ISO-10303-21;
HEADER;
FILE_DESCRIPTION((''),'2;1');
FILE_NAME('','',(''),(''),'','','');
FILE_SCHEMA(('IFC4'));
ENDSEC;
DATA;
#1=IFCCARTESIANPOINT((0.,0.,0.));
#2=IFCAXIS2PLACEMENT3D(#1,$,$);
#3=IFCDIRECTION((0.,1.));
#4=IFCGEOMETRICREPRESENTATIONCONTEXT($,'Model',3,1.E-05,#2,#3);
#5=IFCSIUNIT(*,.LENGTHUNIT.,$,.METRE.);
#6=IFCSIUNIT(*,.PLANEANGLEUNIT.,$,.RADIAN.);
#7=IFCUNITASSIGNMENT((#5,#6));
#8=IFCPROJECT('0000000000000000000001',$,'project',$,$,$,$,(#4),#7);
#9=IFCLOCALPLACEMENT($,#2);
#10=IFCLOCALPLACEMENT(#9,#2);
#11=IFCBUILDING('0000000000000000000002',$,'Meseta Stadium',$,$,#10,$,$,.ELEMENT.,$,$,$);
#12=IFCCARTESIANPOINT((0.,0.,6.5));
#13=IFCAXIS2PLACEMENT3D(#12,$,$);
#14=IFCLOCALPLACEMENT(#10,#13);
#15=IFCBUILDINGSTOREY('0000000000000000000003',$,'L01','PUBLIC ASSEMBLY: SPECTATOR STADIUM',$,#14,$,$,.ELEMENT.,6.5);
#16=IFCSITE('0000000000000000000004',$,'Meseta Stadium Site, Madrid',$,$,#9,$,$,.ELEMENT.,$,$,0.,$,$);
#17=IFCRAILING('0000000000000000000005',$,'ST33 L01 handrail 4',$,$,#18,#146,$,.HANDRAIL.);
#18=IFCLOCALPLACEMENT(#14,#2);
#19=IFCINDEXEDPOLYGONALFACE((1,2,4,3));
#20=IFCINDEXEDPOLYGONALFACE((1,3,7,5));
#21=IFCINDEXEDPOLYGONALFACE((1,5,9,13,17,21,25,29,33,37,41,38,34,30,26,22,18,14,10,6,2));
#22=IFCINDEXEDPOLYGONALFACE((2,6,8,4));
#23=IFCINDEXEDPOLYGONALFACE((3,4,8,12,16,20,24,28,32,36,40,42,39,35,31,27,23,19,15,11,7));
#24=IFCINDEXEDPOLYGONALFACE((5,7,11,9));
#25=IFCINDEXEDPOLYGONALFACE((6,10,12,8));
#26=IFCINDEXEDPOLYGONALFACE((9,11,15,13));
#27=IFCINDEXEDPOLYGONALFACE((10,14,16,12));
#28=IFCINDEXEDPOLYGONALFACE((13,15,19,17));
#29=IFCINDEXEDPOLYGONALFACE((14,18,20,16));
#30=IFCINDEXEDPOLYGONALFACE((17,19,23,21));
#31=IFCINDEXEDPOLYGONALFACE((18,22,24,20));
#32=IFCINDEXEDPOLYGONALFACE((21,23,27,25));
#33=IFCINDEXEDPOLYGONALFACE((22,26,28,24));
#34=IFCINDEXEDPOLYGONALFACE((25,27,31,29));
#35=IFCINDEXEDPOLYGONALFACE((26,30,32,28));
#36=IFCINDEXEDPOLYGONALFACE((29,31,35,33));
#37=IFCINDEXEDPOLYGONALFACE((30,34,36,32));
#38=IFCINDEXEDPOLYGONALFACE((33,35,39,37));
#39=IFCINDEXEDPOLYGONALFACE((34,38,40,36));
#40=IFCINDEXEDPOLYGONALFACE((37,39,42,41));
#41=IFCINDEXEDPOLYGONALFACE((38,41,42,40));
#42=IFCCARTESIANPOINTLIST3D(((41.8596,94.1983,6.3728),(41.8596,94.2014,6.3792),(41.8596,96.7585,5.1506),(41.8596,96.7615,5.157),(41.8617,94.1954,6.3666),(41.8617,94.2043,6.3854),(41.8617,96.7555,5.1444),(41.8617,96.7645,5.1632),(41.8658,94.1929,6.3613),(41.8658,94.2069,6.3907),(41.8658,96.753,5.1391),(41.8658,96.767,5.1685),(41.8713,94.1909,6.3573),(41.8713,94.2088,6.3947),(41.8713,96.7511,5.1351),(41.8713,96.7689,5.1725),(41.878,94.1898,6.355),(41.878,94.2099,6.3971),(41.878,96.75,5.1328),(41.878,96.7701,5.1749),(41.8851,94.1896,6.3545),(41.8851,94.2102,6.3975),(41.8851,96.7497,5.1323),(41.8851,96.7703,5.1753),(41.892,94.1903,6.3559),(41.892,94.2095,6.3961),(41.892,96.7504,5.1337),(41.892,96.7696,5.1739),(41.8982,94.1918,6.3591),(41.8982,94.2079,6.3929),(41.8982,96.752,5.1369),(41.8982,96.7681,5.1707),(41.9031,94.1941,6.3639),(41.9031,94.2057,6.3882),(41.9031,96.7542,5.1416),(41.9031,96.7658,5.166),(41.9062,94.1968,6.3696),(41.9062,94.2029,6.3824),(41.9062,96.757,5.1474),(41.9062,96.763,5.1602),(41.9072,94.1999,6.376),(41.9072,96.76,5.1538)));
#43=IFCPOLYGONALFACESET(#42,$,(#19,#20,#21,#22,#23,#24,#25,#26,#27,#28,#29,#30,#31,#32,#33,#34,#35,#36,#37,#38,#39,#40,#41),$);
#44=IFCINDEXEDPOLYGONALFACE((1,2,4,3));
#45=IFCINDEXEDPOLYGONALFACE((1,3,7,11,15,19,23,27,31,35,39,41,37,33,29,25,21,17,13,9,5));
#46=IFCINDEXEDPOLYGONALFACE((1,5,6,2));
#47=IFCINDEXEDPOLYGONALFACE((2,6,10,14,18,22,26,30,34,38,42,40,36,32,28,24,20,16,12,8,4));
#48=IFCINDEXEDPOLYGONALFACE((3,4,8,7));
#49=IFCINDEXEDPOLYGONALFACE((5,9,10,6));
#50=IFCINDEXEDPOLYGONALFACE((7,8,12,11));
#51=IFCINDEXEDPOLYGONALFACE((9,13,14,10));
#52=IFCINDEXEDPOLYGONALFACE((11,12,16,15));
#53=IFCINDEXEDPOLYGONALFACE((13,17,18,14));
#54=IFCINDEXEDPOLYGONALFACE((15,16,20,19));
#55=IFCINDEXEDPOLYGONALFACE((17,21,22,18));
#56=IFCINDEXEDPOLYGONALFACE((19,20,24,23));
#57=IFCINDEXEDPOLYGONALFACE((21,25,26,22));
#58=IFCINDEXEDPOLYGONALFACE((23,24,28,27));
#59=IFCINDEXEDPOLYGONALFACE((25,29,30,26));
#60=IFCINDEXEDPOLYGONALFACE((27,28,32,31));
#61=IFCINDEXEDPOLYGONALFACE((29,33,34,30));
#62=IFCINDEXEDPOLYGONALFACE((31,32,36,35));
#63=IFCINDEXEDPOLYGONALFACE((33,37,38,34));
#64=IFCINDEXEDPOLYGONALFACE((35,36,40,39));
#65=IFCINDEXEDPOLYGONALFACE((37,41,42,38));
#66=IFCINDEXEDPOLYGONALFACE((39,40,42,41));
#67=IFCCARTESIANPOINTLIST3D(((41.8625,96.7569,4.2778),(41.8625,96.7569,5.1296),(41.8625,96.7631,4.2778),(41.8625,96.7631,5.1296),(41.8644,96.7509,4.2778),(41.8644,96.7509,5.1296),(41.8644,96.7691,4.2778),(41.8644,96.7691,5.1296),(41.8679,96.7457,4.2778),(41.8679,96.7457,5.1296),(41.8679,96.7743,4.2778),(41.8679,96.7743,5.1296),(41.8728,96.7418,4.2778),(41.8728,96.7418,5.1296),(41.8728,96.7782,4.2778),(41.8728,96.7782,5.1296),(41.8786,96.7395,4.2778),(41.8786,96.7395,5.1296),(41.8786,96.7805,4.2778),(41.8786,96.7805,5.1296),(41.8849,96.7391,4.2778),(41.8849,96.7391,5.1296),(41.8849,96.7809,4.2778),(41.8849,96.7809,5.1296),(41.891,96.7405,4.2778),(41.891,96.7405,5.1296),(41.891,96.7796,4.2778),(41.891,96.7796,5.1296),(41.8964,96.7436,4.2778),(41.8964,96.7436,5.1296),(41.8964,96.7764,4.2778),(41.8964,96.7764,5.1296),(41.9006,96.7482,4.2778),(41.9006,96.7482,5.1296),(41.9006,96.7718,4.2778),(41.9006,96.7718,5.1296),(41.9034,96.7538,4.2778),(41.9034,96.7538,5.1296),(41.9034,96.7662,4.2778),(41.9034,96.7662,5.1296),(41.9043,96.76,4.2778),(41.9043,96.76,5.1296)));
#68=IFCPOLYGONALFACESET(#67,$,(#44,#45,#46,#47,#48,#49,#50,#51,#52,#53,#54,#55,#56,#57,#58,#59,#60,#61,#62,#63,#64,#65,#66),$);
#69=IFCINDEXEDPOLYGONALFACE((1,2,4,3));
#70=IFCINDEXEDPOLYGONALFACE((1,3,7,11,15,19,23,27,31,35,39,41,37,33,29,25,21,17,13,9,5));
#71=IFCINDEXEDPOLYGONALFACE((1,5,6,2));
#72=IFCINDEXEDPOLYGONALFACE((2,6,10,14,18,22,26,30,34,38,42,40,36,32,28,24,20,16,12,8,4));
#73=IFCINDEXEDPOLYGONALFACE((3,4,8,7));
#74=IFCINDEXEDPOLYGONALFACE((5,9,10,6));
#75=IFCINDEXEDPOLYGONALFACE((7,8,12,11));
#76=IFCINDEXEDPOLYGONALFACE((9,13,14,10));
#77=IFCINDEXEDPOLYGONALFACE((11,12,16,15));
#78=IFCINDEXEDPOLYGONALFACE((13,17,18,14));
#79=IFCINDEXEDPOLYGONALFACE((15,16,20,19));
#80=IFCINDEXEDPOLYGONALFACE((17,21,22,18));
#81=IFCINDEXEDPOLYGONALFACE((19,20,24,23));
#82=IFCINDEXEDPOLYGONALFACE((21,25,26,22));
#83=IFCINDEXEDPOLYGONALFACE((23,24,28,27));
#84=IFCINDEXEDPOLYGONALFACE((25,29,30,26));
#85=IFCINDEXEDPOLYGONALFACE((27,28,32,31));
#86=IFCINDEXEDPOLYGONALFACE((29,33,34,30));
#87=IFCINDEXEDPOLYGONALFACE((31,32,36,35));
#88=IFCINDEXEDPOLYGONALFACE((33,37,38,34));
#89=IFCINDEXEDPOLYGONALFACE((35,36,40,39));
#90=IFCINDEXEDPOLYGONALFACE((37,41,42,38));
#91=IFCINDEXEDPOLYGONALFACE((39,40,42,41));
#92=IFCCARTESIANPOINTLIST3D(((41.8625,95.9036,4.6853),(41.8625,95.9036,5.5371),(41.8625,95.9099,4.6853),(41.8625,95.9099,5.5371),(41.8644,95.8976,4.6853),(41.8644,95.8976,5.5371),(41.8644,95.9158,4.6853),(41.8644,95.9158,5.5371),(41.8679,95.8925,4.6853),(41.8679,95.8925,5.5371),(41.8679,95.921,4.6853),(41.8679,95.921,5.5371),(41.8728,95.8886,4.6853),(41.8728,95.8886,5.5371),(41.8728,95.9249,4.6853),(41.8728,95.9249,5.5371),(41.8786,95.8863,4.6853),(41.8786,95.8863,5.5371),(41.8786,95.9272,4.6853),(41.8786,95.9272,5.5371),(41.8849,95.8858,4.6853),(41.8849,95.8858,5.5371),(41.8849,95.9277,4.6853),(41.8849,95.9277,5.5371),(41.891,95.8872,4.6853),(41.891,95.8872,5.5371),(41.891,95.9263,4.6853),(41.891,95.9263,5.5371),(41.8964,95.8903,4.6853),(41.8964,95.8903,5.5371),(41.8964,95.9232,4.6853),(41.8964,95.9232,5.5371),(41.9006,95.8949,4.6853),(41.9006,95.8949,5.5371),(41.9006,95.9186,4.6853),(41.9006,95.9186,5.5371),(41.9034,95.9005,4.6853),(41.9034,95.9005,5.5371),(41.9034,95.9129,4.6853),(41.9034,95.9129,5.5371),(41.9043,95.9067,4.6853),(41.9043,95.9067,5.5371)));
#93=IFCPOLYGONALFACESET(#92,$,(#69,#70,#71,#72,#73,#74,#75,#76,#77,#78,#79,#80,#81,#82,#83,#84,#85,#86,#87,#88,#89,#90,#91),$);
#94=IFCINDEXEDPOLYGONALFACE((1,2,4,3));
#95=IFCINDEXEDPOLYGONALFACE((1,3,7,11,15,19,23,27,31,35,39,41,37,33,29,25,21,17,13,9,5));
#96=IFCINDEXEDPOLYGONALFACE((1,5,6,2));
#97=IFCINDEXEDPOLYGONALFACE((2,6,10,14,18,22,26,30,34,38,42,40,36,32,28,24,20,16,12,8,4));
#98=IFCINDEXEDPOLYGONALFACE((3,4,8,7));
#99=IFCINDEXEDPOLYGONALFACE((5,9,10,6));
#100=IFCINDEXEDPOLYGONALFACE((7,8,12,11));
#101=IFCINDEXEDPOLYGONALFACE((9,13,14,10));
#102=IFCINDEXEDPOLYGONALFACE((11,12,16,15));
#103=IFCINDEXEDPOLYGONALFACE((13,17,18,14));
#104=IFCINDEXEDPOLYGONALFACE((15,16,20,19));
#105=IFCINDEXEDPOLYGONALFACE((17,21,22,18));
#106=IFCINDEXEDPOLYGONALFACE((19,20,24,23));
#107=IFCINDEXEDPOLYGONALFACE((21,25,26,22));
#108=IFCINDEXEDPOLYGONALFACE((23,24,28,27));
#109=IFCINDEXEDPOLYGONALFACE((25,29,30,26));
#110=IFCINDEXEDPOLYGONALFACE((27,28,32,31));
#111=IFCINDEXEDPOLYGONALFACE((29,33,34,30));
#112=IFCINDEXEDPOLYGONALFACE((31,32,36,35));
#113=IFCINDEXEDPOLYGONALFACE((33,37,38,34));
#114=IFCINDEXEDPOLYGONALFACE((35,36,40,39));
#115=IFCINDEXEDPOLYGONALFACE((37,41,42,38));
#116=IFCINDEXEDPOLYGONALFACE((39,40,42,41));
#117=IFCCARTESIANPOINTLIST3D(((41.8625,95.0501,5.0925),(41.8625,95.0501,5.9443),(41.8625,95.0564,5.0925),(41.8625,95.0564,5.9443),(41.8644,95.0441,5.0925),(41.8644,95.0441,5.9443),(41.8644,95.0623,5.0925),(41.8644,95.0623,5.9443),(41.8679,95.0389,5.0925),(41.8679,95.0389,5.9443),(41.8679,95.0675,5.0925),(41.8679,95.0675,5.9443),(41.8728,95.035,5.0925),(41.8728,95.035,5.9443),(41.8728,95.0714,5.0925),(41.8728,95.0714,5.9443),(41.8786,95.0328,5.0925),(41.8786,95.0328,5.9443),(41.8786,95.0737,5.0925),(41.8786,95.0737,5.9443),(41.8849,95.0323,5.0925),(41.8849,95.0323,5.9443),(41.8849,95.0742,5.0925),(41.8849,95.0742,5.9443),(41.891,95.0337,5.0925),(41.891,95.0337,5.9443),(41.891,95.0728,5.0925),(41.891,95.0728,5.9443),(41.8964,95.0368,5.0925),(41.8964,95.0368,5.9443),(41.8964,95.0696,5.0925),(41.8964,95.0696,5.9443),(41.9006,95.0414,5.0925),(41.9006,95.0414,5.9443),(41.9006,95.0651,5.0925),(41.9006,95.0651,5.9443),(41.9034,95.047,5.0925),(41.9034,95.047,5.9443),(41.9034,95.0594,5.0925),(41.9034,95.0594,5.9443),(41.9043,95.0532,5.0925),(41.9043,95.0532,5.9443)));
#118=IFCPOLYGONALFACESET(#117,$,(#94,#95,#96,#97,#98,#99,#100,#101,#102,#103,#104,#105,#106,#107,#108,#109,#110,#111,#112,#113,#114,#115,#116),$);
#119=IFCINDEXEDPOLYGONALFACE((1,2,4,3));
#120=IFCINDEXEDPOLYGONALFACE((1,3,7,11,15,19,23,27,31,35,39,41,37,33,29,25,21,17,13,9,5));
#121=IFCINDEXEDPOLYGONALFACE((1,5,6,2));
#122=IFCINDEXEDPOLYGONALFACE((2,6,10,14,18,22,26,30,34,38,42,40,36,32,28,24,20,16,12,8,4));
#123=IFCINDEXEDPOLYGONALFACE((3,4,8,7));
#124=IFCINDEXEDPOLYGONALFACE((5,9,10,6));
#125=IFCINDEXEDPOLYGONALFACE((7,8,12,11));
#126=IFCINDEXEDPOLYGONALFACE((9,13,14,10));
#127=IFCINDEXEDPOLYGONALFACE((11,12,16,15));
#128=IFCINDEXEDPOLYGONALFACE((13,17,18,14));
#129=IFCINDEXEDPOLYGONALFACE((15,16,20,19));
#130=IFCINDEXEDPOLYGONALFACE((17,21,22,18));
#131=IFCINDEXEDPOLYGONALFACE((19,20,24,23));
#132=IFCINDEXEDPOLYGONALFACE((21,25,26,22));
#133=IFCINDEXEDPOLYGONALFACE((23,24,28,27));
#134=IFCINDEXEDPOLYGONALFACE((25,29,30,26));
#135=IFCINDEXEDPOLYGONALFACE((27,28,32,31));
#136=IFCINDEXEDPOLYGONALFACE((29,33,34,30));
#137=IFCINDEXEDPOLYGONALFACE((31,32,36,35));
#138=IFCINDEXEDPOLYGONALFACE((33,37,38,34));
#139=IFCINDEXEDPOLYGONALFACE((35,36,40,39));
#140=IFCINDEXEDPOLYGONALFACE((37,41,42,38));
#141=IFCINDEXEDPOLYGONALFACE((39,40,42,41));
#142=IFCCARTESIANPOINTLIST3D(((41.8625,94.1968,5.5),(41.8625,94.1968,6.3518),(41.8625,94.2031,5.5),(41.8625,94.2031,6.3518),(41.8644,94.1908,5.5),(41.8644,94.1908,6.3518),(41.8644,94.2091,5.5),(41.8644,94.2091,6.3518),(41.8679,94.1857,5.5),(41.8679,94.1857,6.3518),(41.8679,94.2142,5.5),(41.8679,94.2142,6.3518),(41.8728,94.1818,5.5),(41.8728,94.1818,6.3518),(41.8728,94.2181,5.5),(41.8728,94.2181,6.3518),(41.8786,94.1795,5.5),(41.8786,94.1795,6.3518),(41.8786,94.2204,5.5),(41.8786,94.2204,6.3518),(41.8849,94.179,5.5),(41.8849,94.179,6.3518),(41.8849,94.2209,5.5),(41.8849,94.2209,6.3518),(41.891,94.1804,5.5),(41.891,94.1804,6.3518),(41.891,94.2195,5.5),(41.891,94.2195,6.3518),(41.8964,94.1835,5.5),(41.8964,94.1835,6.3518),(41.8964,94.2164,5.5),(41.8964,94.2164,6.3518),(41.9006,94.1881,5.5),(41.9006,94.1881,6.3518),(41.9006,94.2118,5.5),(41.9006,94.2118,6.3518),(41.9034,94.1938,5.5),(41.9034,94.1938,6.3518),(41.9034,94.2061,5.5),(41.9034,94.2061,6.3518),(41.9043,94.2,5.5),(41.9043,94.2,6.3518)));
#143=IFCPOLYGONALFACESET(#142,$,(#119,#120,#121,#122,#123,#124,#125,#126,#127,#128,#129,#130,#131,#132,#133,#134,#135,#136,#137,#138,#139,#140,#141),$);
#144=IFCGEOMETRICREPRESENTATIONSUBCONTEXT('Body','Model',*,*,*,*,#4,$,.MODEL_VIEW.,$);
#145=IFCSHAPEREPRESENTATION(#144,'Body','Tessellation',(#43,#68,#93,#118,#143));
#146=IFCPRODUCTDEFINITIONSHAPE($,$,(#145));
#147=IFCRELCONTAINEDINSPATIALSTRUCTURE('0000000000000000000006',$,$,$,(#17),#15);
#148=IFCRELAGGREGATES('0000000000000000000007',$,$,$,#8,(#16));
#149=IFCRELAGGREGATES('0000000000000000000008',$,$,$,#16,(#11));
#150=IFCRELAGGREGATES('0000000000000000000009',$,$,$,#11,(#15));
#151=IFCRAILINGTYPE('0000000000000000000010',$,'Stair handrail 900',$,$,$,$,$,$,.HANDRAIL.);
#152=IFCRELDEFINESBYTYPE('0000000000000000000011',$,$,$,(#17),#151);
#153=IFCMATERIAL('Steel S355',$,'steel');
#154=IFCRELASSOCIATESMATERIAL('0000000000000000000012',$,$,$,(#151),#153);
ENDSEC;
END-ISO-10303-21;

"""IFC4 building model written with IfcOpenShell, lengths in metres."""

from ifc_helpers import new_model, si_unit, direction, frame, origin, origin_2d, place, context, subcontext, project, spatial, circle, extrude, material, type_object, element, save


model = new_model("IFC4")

# Units and contexts
model_context = context("Model", 3, precision=1e-05, world=origin(), true_north=direction((0.0, 1.0)))
body_context = subcontext(model_context, "Body", "Model", "MODEL_VIEW")
ifc_project = project(units=[si_unit("LENGTHUNIT", "METRE"), si_unit("PLANEANGLEUNIT", "RADIAN")], contexts=[model_context])

# Site, building, storey
site_placement = place(None, origin())
site = spatial("IfcSite", under=ifc_project, at=site_placement, Name="Meseta Stadium Site, Madrid", CompositionType="ELEMENT", RefElevation=0.0)
building_placement = place(site_placement, origin())
building = spatial("IfcBuilding", under=site, at=building_placement, Name="Meseta Stadium", CompositionType="ELEMENT")
storey_placement = place(building_placement, frame((0.0, 0.0, 6.5)))
storey = spatial("IfcBuildingStorey", under=building, at=storey_placement, Name="L01", Description="PUBLIC ASSEMBLY: SPECTATOR STADIUM", CompositionType="ELEMENT", Elevation=6.5)

# Railing
ifc_material_1 = material(Name="Steel S355", Category="steel")
railing_type_1 = type_object("IfcRailingType", Name="Stair handrail 900", PredefinedType="HANDRAIL", material=ifc_material_1)
railing_1_placement = place(storey_placement, frame((41.8833, 96.76, 4.2778)))
element("IfcRailing", 1, at=railing_1_placement, inside=storey, type_object=railing_type_1, Name="ST33 L01 handrail 4", PredefinedType="HANDRAIL", context=body_context, shape_type="SweptSolid", body=[
    extrude(circle(Radius=0.0239, at=origin_2d()), frame((0.0, 0.0, 0.876), z_axis=(0.0, -0.902437, 0.430822), x_axis=(1.0, 0.0, 0.0)), (0.0, 0.0, 1.0), 2.8369),
    extrude(circle(Radius=0.021, at=origin_2d()), origin(), (0.0, 0.0, 1.0), 0.8518),
    extrude(circle(Radius=0.021, at=origin_2d()), frame((0.0, -0.8533, 0.4075)), (0.0, 0.0, 1.0), 0.8518),
    extrude(circle(Radius=0.021, at=origin_2d()), frame((0.0, -1.7068, 0.8147)), (0.0, 0.0, 1.0), 0.8518),
    extrude(circle(Radius=0.021, at=origin_2d()), frame((0.0, -2.5601, 1.2222)), (0.0, 0.0, 1.0), 0.8518),
])

save(model, "model.ifc")
